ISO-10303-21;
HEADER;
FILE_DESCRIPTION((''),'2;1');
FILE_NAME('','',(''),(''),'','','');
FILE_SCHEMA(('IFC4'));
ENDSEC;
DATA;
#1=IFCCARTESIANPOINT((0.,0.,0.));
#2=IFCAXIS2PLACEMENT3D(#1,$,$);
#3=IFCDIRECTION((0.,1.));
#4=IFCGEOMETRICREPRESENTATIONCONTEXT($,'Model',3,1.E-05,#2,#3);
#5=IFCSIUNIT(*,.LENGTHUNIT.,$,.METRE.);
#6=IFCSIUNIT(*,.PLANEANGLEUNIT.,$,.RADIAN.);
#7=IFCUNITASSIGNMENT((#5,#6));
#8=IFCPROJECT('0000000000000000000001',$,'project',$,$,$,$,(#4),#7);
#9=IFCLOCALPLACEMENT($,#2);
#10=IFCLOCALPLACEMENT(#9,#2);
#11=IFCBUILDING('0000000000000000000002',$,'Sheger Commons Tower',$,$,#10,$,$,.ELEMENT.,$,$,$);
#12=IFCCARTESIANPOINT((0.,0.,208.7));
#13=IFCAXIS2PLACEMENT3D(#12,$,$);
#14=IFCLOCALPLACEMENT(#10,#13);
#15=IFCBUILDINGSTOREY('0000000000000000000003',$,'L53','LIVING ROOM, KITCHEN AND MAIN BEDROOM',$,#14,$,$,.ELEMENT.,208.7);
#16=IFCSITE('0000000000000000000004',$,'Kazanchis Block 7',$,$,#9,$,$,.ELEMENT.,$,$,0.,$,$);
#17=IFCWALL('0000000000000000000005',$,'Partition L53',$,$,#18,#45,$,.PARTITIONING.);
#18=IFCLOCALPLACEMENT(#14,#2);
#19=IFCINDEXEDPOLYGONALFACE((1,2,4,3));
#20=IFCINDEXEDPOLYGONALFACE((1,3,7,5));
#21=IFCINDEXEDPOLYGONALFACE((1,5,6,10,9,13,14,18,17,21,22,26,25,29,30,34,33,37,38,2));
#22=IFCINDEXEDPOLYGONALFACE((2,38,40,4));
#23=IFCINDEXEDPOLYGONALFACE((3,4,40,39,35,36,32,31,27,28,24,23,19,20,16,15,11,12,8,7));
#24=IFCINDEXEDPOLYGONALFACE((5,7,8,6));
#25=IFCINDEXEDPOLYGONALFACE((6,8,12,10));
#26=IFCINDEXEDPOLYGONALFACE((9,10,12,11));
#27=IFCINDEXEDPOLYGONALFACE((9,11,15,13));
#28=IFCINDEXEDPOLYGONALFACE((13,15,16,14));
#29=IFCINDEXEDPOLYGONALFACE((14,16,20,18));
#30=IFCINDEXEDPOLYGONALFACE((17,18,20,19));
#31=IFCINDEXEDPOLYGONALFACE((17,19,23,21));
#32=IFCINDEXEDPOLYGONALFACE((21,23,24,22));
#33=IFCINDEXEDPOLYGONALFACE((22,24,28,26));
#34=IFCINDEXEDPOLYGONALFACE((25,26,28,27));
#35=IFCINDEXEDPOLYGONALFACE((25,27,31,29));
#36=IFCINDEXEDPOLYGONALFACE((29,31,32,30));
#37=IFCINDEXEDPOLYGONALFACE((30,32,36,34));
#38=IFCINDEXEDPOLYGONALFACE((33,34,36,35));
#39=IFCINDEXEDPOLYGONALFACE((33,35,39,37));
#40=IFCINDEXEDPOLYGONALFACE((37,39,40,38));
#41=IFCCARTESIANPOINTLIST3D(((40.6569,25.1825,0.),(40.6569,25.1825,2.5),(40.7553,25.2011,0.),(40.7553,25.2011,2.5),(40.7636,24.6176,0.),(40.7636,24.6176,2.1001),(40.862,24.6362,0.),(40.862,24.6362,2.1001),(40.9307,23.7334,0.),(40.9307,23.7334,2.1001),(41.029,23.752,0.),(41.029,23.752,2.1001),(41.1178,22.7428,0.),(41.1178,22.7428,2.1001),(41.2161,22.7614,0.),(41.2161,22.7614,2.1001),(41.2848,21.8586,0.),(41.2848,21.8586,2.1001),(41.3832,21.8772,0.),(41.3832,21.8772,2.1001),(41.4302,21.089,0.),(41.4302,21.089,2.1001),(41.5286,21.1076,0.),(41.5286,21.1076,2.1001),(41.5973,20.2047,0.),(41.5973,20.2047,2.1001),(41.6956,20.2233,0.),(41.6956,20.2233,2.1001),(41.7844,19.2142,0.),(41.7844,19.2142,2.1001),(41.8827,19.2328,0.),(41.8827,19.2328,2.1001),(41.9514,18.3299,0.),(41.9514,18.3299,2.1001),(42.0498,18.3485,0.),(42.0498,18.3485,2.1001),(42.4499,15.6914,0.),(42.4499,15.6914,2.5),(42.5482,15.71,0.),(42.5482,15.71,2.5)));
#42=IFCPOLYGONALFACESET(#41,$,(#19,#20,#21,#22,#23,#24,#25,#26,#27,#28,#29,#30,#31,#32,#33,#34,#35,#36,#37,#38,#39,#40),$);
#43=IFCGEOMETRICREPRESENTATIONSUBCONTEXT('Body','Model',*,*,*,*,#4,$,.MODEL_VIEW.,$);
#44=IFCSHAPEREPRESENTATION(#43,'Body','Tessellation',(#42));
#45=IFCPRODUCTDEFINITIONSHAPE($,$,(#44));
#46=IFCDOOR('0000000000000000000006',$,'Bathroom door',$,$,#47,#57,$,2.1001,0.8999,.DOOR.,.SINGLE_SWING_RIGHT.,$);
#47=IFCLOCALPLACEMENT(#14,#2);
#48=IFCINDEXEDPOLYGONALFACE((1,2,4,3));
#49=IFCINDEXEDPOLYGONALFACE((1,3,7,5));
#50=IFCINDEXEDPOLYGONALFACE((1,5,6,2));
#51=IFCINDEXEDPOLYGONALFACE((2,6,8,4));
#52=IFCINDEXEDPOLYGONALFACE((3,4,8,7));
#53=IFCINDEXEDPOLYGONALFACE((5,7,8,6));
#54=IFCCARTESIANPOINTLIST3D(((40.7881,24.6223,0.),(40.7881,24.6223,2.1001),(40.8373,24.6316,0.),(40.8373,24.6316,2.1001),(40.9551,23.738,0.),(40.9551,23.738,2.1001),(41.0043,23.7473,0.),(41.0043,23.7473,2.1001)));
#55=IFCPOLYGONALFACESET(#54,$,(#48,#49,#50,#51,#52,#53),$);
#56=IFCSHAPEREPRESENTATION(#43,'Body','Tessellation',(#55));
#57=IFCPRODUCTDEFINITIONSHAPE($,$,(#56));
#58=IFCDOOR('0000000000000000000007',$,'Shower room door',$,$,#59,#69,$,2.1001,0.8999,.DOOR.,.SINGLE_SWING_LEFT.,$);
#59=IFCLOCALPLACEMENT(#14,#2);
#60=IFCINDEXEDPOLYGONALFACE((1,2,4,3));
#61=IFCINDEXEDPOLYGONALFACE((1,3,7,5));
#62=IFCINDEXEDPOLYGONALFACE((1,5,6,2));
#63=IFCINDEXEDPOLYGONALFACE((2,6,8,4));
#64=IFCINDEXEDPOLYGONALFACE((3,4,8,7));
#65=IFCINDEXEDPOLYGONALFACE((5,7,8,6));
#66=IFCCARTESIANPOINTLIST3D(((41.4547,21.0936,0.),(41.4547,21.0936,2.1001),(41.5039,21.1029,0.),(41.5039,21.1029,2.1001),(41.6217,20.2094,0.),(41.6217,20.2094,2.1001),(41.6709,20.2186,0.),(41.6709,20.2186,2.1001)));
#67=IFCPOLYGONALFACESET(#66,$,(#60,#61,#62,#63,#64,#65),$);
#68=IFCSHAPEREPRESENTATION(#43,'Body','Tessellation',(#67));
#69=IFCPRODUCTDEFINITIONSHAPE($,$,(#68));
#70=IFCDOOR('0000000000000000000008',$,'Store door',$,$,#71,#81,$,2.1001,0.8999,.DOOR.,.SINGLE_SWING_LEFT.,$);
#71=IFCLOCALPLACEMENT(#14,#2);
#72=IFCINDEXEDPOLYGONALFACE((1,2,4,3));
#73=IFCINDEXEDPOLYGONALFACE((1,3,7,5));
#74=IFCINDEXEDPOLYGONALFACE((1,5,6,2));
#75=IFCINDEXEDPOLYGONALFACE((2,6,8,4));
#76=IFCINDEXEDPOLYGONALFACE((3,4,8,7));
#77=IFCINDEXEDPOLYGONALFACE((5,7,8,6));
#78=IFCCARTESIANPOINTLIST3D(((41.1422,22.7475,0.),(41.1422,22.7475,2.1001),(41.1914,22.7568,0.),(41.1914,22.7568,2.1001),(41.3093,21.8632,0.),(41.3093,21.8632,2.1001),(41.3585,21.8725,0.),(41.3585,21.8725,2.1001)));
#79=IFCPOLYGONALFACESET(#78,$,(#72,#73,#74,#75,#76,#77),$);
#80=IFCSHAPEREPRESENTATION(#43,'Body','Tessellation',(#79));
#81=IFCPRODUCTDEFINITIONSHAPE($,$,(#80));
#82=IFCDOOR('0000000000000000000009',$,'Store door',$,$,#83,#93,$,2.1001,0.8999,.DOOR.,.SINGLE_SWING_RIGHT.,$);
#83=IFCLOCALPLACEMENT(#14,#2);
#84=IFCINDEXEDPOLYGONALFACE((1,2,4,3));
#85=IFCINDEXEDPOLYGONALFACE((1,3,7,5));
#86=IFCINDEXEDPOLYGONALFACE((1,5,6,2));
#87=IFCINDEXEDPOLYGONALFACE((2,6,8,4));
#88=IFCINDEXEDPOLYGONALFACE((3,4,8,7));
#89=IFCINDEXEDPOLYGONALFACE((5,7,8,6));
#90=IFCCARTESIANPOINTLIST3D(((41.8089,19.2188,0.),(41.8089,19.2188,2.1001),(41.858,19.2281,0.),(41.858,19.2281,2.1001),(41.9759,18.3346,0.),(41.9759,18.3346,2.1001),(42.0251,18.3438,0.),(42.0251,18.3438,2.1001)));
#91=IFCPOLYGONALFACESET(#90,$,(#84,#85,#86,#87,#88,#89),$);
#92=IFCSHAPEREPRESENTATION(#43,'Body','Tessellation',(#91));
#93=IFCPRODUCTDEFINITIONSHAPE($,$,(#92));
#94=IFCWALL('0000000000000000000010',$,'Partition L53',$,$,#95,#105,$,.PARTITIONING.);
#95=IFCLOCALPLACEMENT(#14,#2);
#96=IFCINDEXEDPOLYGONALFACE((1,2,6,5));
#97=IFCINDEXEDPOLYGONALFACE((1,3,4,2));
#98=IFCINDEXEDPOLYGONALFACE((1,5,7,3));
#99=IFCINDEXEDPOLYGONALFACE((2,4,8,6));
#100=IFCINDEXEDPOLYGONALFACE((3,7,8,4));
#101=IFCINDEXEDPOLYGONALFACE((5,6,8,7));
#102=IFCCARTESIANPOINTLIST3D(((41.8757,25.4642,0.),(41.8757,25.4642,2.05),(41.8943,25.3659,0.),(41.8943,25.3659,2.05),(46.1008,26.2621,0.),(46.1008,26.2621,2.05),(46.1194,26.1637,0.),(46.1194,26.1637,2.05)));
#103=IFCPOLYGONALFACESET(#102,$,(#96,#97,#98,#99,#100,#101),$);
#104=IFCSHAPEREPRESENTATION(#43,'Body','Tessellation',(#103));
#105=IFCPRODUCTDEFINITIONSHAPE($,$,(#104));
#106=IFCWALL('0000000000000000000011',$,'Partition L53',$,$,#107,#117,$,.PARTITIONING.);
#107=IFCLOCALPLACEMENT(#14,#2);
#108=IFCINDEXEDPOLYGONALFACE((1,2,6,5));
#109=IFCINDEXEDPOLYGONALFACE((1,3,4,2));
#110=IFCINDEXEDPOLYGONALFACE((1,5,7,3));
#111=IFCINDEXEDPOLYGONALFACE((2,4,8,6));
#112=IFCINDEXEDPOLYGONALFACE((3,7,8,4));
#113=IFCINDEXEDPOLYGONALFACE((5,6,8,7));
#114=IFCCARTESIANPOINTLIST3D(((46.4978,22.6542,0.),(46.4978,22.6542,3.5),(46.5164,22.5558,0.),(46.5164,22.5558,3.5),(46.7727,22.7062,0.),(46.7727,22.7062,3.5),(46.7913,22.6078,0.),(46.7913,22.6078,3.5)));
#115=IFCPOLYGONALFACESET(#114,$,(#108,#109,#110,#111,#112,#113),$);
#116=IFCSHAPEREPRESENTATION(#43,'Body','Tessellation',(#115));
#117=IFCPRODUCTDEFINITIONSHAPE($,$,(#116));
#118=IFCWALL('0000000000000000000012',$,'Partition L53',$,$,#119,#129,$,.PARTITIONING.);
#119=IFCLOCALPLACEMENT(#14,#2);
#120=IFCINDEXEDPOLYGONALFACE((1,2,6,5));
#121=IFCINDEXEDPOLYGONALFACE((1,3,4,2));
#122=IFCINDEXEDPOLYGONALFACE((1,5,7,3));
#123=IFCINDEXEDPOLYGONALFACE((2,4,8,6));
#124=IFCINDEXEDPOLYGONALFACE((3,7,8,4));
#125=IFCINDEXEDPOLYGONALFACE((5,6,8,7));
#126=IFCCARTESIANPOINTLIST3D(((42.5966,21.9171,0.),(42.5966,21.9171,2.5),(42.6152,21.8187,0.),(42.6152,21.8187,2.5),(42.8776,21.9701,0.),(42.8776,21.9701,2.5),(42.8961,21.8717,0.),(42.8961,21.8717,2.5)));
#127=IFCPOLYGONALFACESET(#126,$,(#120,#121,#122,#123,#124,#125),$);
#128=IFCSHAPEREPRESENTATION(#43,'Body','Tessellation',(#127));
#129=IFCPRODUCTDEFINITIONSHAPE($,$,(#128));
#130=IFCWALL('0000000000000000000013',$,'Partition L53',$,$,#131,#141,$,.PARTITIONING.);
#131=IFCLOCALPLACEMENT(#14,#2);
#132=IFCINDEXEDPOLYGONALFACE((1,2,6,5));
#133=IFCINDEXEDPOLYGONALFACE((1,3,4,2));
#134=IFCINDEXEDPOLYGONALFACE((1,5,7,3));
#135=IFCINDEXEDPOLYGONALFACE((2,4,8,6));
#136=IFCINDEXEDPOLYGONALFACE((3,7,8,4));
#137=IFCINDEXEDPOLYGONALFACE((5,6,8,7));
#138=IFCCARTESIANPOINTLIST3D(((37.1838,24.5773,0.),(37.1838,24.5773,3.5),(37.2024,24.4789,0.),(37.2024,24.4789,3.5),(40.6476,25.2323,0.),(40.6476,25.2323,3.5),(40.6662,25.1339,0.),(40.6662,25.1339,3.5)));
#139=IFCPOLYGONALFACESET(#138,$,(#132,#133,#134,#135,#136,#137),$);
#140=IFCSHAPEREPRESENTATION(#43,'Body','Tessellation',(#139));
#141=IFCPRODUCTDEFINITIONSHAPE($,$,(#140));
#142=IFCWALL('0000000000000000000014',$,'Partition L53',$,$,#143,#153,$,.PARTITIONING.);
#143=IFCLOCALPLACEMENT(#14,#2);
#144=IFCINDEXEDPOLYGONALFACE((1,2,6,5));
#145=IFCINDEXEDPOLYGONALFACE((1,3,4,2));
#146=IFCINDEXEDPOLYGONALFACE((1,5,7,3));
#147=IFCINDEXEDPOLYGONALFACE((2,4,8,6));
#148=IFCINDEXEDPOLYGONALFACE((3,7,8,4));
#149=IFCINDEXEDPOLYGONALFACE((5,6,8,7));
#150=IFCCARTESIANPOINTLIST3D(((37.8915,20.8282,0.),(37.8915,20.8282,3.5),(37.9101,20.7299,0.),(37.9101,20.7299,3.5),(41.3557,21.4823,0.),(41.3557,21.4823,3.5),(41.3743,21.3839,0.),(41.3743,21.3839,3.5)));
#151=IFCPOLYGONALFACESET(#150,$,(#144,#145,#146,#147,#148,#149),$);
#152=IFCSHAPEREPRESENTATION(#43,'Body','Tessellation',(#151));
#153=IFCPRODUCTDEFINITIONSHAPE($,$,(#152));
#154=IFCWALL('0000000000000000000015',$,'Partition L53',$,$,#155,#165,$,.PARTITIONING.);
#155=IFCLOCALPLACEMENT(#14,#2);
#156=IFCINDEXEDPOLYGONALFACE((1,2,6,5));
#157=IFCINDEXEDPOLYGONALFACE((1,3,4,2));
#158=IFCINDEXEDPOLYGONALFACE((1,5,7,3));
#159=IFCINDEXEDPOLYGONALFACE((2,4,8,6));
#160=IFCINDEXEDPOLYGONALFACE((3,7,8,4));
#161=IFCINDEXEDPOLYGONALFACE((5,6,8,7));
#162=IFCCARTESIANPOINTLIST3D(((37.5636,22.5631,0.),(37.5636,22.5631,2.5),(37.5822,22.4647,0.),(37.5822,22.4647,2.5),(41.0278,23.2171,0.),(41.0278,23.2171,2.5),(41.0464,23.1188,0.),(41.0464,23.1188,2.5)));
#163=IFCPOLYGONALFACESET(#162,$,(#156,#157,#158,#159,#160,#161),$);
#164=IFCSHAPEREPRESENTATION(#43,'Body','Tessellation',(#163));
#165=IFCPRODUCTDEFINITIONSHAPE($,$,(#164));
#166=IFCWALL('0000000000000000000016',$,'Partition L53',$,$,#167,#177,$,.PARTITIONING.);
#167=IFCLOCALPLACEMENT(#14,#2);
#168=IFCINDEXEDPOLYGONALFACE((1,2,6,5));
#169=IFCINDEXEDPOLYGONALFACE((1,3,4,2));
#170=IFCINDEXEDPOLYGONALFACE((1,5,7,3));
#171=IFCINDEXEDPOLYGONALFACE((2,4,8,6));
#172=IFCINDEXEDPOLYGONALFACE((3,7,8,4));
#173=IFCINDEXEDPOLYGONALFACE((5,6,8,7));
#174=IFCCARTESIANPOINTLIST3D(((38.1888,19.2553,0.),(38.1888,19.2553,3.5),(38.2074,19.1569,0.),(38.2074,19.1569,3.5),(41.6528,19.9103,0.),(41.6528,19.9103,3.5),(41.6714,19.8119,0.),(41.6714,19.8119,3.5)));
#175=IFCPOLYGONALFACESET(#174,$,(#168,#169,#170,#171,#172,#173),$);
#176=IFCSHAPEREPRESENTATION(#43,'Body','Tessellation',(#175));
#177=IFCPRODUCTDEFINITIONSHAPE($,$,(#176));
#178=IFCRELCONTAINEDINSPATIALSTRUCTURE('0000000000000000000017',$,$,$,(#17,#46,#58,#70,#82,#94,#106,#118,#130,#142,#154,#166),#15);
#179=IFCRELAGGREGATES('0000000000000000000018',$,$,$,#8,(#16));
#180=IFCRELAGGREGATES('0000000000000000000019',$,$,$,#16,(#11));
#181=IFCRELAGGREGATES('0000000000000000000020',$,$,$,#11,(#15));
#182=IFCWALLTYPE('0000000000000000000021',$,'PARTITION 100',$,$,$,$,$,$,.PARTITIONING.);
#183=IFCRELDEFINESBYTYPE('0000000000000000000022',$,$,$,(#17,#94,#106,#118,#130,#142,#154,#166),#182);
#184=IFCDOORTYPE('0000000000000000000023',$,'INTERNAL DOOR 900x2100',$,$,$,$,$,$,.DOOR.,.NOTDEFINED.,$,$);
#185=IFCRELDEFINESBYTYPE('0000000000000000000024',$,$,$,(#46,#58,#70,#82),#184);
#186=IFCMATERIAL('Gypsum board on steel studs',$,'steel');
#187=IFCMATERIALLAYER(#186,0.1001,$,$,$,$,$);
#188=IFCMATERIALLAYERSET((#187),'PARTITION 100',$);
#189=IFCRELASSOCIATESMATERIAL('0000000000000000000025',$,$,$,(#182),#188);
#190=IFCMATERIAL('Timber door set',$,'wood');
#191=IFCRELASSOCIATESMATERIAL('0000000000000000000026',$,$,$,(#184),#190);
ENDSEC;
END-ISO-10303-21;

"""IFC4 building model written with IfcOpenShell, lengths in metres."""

from ifc_helpers import new_model, si_unit, direction, frame, frame_2d, origin, place, context, subcontext, project, spatial, rectangle, extrude, material, layer, layer_set, type_object, element, fill, save


model = new_model("IFC4")

# Units and contexts
model_context = context("Model", 3, precision=1e-05, world=origin(), true_north=direction((0.0, 1.0)))
body_context = subcontext(model_context, "Body", "Model", "MODEL_VIEW")
ifc_project = project(units=[si_unit("LENGTHUNIT", "METRE"), si_unit("PLANEANGLEUNIT", "RADIAN")], contexts=[model_context])

# Site, building, storey
site_placement = place(None, origin())
site = spatial("IfcSite", under=ifc_project, at=site_placement, Name="Kazanchis Block 7", CompositionType="ELEMENT", RefElevation=0.0)
building_placement = place(site_placement, origin())
building = spatial("IfcBuilding", under=site, at=building_placement, Name="Sheger Commons Tower", CompositionType="ELEMENT")
storey_placement = place(building_placement, frame((0.0, 0.0, 208.7)))
storey = spatial("IfcBuildingStorey", under=building, at=storey_placement, Name="L53", Description="LIVING ROOM, KITCHEN AND MAIN BEDROOM", CompositionType="ELEMENT", Elevation=208.7)

# Wall, openings, doors
ifc_material_1 = material(Name="Gypsum board on steel studs", Category="steel")
ifc_layer_1 = layer(ifc_material_1, 0.1001)
ifc_layer_set_1 = layer_set([ifc_layer_1], Name="PARTITION 100")
wall_type = type_object("IfcWallType", Name="PARTITION 100", PredefinedType="PARTITIONING", material=ifc_layer_set_1)
ifc_material_2 = material(Name="Timber door set", Category="wood")
door_type = type_object("IfcDoorType", Name="INTERNAL DOOR 900x2100", OperationType="NOTDEFINED", PredefinedType="DOOR", material=ifc_material_2)
wall_1_placement = place(storey_placement, frame((40.7061, 25.1919, 0.0), z_axis=(0.0, 0.0, 1.0), x_axis=(0.18563, -0.98262, 0.0)))
wall_1 = element("IfcWall", 1, at=wall_1_placement, inside=storey, type_object=wall_type, Name="Partition L53", PredefinedType="PARTITIONING", context=body_context, shape_type="SweptSolid", body=[
    extrude(rectangle(XDim=9.6589, YDim=0.1001, at=frame_2d((4.8296, 0.0))), origin(), (0.0, 0.0, 1.0), 2.5),
])
opening_1_placement = place(wall_1_placement, frame((0.575, 0.0, 0.0)))
opening_1 = element("IfcOpeningElement", 2, at=opening_1_placement, cuts=wall_1, PredefinedType="OPENING", context=body_context, shape_type="SweptSolid", body=[
    extrude(rectangle(XDim=0.8999, YDim=2.1001, at=frame_2d((0.45, 1.05))), frame((0.0, 0.0601, 0.0), z_axis=(0.0, -1.0, 0.0), x_axis=(1.0, 0.0, 0.0)), (0.0, 0.0, 1.0), 0.1201),
])
opening_2_placement = place(wall_1_placement, frame((4.166, 0.0, 0.0)))
opening_2 = element("IfcOpeningElement", 3, at=opening_2_placement, cuts=wall_1, PredefinedType="OPENING", context=body_context, shape_type="SweptSolid", body=[
    extrude(rectangle(XDim=0.8999, YDim=2.1001, at=frame_2d((0.45, 1.05))), frame((0.0, 0.0601, 0.0), z_axis=(0.0, -1.0, 0.0), x_axis=(1.0, 0.0, 0.0)), (0.0, 0.0, 1.0), 0.1201),
])
opening_3_placement = place(wall_1_placement, frame((2.4829, 0.0, 0.0)))
opening_3 = element("IfcOpeningElement", 4, at=opening_3_placement, cuts=wall_1, PredefinedType="OPENING", context=body_context, shape_type="SweptSolid", body=[
    extrude(rectangle(XDim=0.8999, YDim=2.1001, at=frame_2d((0.45, 1.05))), frame((0.0, 0.0601, 0.0), z_axis=(0.0, -1.0, 0.0), x_axis=(1.0, 0.0, 0.0)), (0.0, 0.0, 1.0), 0.1201),
])
opening_4_placement = place(wall_1_placement, frame((6.074, 0.0, 0.0)))
opening_4 = element("IfcOpeningElement", 5, at=opening_4_placement, cuts=wall_1, PredefinedType="OPENING", context=body_context, shape_type="SweptSolid", body=[
    extrude(rectangle(XDim=0.8999, YDim=2.1001, at=frame_2d((0.45, 1.05))), frame((0.0, 0.0601, 0.0), z_axis=(0.0, -1.0, 0.0), x_axis=(1.0, 0.0, 0.0)), (0.0, 0.0, 1.0), 0.1201),
])
door_1_placement = place(opening_1_placement, origin())
door_1 = element("IfcDoor", 6, at=door_1_placement, inside=storey, type_object=door_type, Name="Bathroom door", OperationType="SINGLE_SWING_RIGHT", OverallHeight=2.1001, OverallWidth=0.8999, PredefinedType="DOOR", context=body_context, shape_type="SweptSolid", body=[
    extrude(rectangle(XDim=0.8999, YDim=2.1001, at=frame_2d((0.45, 1.05))), frame((0.0, 0.0249, 0.0), z_axis=(0.0, -1.0, 0.0), x_axis=(1.0, 0.0, 0.0)), (0.0, 0.0, 1.0), 0.05),
])
fill(opening_1, door_1)
door_2_placement = place(opening_2_placement, origin())
door_2 = element("IfcDoor", 7, at=door_2_placement, inside=storey, type_object=door_type, Name="Shower room door", OperationType="SINGLE_SWING_LEFT", OverallHeight=2.1001, OverallWidth=0.8999, PredefinedType="DOOR", context=body_context, shape_type="SweptSolid", body=[
    extrude(rectangle(XDim=0.8999, YDim=2.1001, at=frame_2d((0.45, 1.05))), frame((0.0, 0.0249, 0.0), z_axis=(0.0, -1.0, 0.0), x_axis=(1.0, 0.0, 0.0)), (0.0, 0.0, 1.0), 0.05),
])
fill(opening_2, door_2)
door_3_placement = place(opening_3_placement, origin())
door_3 = element("IfcDoor", 8, at=door_3_placement, inside=storey, type_object=door_type, Name="Store door", OperationType="SINGLE_SWING_LEFT", OverallHeight=2.1001, OverallWidth=0.8999, PredefinedType="DOOR", context=body_context, shape_type="SweptSolid", body=[
    extrude(rectangle(XDim=0.8999, YDim=2.1001, at=frame_2d((0.45, 1.05))), frame((0.0, 0.0249, 0.0), z_axis=(0.0, -1.0, 0.0), x_axis=(1.0, 0.0, 0.0)), (0.0, 0.0, 1.0), 0.05),
])
fill(opening_3, door_3)
door_4_placement = place(opening_4_placement, origin())
door_4 = element("IfcDoor", 9, at=door_4_placement, inside=storey, type_object=door_type, Name="Store door", OperationType="SINGLE_SWING_RIGHT", OverallHeight=2.1001, OverallWidth=0.8999, PredefinedType="DOOR", context=body_context, shape_type="SweptSolid", body=[
    extrude(rectangle(XDim=0.8999, YDim=2.1001, at=frame_2d((0.45, 1.05))), frame((0.0, 0.0249, 0.0), z_axis=(0.0, -1.0, 0.0), x_axis=(1.0, 0.0, 0.0)), (0.0, 0.0, 1.0), 0.05),
])
fill(opening_4, door_4)

# Walls
wall_2_placement = place(storey_placement, frame((46.1101, 26.2129, 0.0), z_axis=(0.0, 0.0, 1.0), x_axis=(-0.982634, -0.185557, 0.0)))
element("IfcWall", 10, at=wall_2_placement, inside=storey, type_object=wall_type, Name="Partition L53", PredefinedType="PARTITIONING", context=body_context, shape_type="SweptSolid", body=[
    extrude(rectangle(XDim=4.2998, YDim=0.1001, at=frame_2d((2.1499, 0.0))), origin(), (0.0, 0.0, 1.0), 2.05),
])
wall_3_placement = place(storey_placement, frame((46.782, 22.657, 0.0), z_axis=(0.0, 0.0, 1.0), x_axis=(-0.982575, -0.185869, 0.0)))
element("IfcWall", 11, at=wall_3_placement, inside=storey, type_object=wall_type, Name="Partition L53", PredefinedType="PARTITIONING", context=body_context, shape_type="SweptSolid", body=[
    extrude(rectangle(XDim=0.2798, YDim=0.1001, at=frame_2d((0.1399, 0.0))), origin(), (0.0, 0.0, 1.0), 3.5),
])
wall_4_placement = place(storey_placement, frame((42.887, 21.9209, 0.0), z_axis=(0.0, 0.0, 1.0), x_axis=(-0.982688, -0.185268, 0.0)))
element("IfcWall", 12, at=wall_4_placement, inside=storey, type_object=wall_type, Name="Partition L53", PredefinedType="PARTITIONING", context=body_context, shape_type="SweptSolid", body=[
    extrude(rectangle(XDim=0.2859, YDim=0.1001, at=frame_2d((0.1431, 0.0))), origin(), (0.0, 0.0, 1.0), 2.5),
])
wall_5_placement = place(storey_placement, frame((40.657, 25.1831, 0.0), z_axis=(0.0, 0.0, 1.0), x_axis=(-0.982586, -0.18581, 0.0)))
element("IfcWall", 13, at=wall_5_placement, inside=storey, type_object=wall_type, Name="Partition L53", PredefinedType="PARTITIONING", context=body_context, shape_type="SweptSolid", body=[
    extrude(rectangle(XDim=3.5251, YDim=0.1001, at=frame_2d((1.7627, 0.0))), origin(), (0.0, 0.0, 1.0), 3.5),
])
wall_6_placement = place(storey_placement, frame((41.365, 21.4331, 0.0), z_axis=(0.0, 0.0, 1.0), x_axis=(-0.982639, -0.18553, 0.0)))
element("IfcWall", 14, at=wall_6_placement, inside=storey, type_object=wall_type, Name="Partition L53", PredefinedType="PARTITIONING", context=body_context, shape_type="SweptSolid", body=[
    extrude(rectangle(XDim=3.5254, YDim=0.1001, at=frame_2d((1.7627, 0.0))), origin(), (0.0, 0.0, 1.0), 3.5),
])
wall_7_placement = place(storey_placement, frame((41.0371, 23.168, 0.0), z_axis=(0.0, 0.0, 1.0), x_axis=(-0.982639, -0.18553, 0.0)))
element("IfcWall", 15, at=wall_7_placement, inside=storey, type_object=wall_type, Name="Partition L53", PredefinedType="PARTITIONING", context=body_context, shape_type="SweptSolid", body=[
    extrude(rectangle(XDim=3.5254, YDim=0.1001, at=frame_2d((1.7627, 0.0))), origin(), (0.0, 0.0, 1.0), 2.5),
])
wall_8_placement = place(storey_placement, frame((41.6621, 19.8611, 0.0), z_axis=(0.0, 0.0, 1.0), x_axis=(-0.982588, -0.185798, 0.0)))
element("IfcWall", 16, at=wall_8_placement, inside=storey, type_object=wall_type, Name="Partition L53", PredefinedType="PARTITIONING", context=body_context, shape_type="SweptSolid", body=[
    extrude(rectangle(XDim=3.5254, YDim=0.1001, at=frame_2d((1.7627, 0.0))), origin(), (0.0, 0.0, 1.0), 3.5),
])

save(model, "model.ifc")
